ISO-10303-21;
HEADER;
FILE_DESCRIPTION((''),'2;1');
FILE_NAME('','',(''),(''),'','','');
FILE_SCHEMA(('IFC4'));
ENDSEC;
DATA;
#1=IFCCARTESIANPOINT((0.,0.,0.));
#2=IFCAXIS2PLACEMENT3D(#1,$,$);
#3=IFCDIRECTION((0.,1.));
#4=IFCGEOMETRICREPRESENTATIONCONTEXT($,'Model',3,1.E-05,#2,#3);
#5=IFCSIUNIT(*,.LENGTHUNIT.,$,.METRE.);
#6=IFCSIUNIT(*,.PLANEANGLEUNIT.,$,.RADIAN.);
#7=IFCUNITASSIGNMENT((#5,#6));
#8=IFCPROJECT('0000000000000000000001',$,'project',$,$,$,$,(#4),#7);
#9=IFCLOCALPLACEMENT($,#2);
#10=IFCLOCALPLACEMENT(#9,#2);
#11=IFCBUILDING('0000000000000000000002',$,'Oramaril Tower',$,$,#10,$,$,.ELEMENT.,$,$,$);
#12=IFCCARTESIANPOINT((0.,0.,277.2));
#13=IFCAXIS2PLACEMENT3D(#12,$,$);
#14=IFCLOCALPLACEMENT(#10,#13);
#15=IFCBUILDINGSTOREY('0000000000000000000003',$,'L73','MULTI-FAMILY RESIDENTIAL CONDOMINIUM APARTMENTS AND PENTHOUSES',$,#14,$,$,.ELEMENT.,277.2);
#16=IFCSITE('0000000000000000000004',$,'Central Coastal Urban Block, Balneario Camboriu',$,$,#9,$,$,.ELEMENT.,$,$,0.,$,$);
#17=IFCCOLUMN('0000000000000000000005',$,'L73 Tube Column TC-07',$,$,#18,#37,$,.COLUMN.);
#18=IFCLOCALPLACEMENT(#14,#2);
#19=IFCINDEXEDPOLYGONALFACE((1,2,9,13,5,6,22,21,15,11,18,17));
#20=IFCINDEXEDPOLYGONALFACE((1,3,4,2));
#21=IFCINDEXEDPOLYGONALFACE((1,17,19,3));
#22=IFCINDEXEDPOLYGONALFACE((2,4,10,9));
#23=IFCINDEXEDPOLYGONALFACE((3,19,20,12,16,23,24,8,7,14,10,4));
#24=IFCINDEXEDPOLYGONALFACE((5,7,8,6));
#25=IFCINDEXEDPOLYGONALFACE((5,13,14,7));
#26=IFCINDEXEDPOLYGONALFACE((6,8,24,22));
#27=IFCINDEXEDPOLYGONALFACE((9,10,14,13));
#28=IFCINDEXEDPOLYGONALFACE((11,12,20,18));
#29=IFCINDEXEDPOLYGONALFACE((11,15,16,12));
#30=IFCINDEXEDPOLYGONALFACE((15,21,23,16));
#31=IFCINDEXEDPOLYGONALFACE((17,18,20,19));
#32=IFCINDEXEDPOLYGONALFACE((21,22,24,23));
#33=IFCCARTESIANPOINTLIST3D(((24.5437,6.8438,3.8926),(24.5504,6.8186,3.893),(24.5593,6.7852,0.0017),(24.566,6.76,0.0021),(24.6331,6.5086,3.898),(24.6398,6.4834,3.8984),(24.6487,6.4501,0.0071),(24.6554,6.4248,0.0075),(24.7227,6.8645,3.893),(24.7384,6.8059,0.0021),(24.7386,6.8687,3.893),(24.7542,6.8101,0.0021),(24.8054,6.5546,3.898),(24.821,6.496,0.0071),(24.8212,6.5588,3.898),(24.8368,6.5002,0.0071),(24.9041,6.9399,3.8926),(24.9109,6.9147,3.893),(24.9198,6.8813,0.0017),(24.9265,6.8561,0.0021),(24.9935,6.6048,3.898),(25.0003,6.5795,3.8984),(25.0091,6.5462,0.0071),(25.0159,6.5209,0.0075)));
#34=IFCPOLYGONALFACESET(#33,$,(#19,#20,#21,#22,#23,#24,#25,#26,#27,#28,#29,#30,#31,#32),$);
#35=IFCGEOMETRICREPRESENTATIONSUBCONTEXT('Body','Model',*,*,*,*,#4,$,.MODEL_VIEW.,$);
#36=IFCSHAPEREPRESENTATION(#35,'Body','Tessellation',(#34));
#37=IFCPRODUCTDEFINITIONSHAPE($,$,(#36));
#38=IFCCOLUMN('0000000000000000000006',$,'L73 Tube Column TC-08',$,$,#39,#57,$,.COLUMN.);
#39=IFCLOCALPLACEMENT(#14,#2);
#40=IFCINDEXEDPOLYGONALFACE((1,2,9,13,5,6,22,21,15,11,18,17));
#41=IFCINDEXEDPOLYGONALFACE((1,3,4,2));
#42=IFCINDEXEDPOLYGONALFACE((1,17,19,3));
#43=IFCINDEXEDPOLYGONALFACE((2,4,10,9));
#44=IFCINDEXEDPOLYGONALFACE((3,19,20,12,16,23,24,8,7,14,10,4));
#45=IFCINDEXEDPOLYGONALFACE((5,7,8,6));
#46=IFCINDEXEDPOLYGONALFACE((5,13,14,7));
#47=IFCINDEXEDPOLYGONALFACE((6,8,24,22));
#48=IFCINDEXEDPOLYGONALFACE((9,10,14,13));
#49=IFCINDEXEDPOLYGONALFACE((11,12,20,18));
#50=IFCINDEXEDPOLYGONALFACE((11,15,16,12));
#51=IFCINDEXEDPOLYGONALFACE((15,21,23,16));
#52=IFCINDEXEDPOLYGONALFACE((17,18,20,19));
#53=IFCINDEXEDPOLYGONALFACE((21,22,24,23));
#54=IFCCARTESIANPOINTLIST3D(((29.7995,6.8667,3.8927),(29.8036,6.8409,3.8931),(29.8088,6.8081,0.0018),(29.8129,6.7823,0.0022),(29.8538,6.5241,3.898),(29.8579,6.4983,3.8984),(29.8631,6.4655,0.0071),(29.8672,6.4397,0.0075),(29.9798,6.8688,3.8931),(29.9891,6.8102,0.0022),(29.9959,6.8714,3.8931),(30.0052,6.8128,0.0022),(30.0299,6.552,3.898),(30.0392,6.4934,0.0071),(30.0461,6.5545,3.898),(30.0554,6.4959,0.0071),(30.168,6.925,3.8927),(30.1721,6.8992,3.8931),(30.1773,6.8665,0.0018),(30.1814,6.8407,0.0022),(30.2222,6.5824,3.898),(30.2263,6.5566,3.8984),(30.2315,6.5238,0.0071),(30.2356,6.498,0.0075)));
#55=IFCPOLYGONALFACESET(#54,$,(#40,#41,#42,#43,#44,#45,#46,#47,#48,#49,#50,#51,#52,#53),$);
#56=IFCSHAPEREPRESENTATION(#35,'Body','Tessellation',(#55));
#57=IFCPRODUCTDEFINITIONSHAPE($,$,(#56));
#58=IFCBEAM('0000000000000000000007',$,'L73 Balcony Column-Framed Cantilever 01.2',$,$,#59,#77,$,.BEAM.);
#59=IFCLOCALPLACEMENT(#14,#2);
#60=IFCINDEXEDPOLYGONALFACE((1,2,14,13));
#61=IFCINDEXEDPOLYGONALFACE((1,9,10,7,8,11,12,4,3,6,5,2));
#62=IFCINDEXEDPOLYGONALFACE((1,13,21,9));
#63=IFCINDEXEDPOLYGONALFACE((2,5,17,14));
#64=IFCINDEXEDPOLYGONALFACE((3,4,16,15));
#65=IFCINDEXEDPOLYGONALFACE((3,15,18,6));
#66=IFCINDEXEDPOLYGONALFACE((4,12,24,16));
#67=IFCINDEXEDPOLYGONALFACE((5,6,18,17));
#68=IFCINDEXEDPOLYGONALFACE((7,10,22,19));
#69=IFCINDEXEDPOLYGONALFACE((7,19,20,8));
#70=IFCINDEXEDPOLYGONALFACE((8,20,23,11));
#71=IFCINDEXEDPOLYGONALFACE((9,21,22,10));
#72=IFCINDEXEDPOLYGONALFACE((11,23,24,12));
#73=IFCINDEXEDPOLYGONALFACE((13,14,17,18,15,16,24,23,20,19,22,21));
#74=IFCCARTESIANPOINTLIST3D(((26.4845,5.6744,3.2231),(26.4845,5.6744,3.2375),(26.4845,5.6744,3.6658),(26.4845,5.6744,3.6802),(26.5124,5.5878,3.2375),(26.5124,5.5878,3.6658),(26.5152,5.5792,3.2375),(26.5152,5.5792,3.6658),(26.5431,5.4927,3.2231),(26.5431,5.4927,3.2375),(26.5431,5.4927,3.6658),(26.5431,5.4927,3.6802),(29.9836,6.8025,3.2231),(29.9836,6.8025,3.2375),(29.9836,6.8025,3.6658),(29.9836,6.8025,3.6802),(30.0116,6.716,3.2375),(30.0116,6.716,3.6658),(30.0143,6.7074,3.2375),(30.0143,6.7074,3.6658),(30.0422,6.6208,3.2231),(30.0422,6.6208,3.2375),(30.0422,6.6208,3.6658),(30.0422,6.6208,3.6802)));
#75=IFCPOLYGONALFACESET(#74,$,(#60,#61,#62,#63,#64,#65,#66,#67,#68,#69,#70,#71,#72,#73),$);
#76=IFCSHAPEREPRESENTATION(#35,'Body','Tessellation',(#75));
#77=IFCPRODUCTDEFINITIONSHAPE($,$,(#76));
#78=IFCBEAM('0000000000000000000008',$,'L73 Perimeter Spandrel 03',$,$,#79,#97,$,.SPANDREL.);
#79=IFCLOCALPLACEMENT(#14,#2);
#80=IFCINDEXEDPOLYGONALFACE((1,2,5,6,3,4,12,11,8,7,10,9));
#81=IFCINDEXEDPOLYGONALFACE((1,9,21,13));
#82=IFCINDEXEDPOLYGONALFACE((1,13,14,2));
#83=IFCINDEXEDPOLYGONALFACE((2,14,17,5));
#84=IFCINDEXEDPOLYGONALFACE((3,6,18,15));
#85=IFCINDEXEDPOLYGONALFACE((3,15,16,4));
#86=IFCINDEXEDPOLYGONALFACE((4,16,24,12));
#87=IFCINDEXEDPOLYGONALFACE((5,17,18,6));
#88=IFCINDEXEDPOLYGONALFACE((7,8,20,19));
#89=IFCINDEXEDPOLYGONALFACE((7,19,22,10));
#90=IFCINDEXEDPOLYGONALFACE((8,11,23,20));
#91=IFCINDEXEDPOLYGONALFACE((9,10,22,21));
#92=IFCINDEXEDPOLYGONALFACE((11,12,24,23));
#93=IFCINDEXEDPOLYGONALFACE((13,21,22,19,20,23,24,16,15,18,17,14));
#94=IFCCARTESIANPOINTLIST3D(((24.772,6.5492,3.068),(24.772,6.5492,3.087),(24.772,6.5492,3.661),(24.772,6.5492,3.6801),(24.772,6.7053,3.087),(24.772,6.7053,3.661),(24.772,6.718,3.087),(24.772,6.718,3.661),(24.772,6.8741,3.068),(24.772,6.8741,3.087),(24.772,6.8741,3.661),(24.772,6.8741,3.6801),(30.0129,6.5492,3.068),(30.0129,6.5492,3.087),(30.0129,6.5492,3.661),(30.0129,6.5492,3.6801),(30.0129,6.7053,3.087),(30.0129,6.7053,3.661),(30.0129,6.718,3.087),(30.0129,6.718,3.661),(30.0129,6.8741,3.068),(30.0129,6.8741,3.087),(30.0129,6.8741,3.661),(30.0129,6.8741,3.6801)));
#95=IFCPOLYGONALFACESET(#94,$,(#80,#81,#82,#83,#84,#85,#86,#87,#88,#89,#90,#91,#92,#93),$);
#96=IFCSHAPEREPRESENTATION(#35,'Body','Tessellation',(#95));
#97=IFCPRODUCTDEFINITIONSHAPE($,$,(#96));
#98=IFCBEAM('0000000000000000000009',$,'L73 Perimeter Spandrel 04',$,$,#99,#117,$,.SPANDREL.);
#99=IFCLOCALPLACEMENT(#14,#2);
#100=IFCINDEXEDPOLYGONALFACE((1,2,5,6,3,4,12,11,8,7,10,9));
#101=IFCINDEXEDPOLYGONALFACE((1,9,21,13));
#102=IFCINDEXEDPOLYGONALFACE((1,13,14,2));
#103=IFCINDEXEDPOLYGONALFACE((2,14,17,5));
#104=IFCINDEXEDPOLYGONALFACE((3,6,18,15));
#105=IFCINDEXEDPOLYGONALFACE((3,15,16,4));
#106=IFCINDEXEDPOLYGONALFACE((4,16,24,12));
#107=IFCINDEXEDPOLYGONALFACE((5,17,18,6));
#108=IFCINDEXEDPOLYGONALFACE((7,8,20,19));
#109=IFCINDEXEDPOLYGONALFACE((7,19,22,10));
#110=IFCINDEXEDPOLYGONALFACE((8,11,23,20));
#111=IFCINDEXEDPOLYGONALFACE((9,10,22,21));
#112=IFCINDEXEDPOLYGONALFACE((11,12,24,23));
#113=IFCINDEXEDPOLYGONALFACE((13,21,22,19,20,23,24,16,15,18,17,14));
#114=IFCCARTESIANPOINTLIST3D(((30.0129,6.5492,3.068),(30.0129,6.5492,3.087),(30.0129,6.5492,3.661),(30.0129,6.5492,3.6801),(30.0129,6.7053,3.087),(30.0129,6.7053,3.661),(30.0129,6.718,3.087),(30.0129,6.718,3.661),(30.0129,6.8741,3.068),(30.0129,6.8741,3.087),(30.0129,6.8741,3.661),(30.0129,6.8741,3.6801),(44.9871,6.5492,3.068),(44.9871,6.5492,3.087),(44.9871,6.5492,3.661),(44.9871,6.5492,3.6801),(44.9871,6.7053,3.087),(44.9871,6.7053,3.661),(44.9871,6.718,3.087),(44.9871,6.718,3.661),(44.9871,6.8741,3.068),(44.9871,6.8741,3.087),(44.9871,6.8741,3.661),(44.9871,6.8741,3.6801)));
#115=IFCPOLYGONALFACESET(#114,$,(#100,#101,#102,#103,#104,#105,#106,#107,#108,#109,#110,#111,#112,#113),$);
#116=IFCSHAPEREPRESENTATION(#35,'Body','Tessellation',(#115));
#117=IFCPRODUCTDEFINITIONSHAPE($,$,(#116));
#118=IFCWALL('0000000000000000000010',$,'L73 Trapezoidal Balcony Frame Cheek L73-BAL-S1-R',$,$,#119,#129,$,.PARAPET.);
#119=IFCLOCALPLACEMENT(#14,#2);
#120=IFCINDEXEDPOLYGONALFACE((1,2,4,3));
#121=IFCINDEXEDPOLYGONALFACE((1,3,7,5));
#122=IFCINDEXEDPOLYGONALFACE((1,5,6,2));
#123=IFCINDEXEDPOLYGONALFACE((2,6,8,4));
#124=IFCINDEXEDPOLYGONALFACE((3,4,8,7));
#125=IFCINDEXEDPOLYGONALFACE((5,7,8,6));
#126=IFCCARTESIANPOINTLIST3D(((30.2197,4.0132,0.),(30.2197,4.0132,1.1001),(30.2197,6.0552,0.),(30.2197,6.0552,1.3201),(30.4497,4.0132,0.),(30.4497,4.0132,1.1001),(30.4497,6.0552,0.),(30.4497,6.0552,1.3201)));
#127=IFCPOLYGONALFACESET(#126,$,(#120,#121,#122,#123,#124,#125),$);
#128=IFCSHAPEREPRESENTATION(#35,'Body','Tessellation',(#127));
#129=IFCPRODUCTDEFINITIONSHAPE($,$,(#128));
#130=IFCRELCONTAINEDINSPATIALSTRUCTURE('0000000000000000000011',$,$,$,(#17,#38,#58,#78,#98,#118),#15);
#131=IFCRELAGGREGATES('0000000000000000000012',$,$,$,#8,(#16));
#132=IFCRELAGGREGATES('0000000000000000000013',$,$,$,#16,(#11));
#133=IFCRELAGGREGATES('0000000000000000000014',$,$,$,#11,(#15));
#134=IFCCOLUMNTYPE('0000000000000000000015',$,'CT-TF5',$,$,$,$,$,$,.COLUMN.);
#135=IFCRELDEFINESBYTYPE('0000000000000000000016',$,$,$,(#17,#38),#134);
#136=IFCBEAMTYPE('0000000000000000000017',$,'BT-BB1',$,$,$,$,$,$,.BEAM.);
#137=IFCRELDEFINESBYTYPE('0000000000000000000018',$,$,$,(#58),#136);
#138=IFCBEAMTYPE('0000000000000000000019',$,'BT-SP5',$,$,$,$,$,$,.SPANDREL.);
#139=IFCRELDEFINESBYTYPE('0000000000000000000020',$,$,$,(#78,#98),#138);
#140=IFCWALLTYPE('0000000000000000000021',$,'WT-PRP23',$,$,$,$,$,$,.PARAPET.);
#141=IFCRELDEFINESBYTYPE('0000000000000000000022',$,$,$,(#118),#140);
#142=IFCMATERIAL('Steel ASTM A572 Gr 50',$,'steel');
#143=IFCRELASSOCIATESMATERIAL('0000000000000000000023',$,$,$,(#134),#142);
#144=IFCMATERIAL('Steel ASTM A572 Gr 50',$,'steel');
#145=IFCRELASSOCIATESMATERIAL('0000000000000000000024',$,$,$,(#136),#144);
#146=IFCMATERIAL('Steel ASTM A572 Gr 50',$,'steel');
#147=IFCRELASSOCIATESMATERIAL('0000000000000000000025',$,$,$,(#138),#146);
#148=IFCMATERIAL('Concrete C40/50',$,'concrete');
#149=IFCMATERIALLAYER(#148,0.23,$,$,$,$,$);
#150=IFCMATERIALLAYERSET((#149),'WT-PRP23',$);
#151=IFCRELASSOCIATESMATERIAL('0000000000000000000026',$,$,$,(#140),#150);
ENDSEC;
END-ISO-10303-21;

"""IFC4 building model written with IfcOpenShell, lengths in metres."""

from ifc_helpers import new_model, si_unit, direction, frame, origin, origin_2d, place, context, subcontext, project, spatial, polyline, i_section, outline, extrude, material, layer, layer_set, material_profile, profile_set, type_object, element, save


model = new_model("IFC4")

# Units and contexts
model_context = context("Model", 3, precision=1e-05, world=origin(), true_north=direction((0.0, 1.0)))
body_context = subcontext(model_context, "Body", "Model", "MODEL_VIEW")
ifc_project = project(units=[si_unit("LENGTHUNIT", "METRE"), si_unit("PLANEANGLEUNIT", "RADIAN")], contexts=[model_context])

# Site, building, storey
site_placement = place(None, origin())
site = spatial("IfcSite", under=ifc_project, at=site_placement, Name="Central Coastal Urban Block, Balneario Camboriu", CompositionType="ELEMENT", RefElevation=0.0)
building_placement = place(site_placement, origin())
building = spatial("IfcBuilding", under=site, at=building_placement, Name="Oramaril Tower", CompositionType="ELEMENT")
storey_placement = place(building_placement, frame((0.0, 0.0, 277.2)))
storey = spatial("IfcBuildingStorey", under=building, at=storey_placement, Name="L73", Description="MULTI-FAMILY RESIDENTIAL CONDOMINIUM APARTMENTS AND PENTHOUSES", CompositionType="ELEMENT", Elevation=277.2)

# Columns
ifc_material_1 = material(Name="Steel ASTM A572 Gr 50", Category="steel")
ifc_material_profile_1 = material_profile(ifc_material_1, i_section(OverallWidth=0.373, OverallDepth=0.373, WebThickness=0.0164, FlangeThickness=0.0261, at=origin_2d()), Name="W14X132")
ifc_profile_set_1 = profile_set([ifc_material_profile_1], Name="Steel ASTM A572 Gr 50")
column_type = type_object("IfcColumnType", Name="CT-TF5", PredefinedType="COLUMN", material=ifc_profile_set_1)
for number, where, z_axis, x_axis, name in (
    (1, (24.7876, 6.6531, 0.0046), (-0.004015, 0.015057, 0.999879), (-0.966235, -0.257663, 0.0), "L73 Tube Column TC-07"),
    (2, (30.0222, 6.6531, 0.0046), (-0.002384, 0.015058, 0.999884), (-0.987696, -0.156385, 0.0), "L73 Tube Column TC-08"),
):
    element("IfcColumn", number, at=place(storey_placement, frame(where, z_axis=z_axis, x_axis=x_axis)), inside=storey, type_object=column_type, Name=name, PredefinedType="COLUMN", context=body_context, shape_type="SweptSolid", body=[
        extrude(i_section(OverallWidth=0.373, OverallDepth=0.373, WebThickness=0.0164, FlangeThickness=0.0261, at=origin_2d()), origin(), (0.0, 0.0, 1.0), 3.8914),
    ])

# Beams
ifc_material_2 = material(Name="Steel ASTM A572 Gr 50", Category="steel")
ifc_material_profile_2 = material_profile(ifc_material_2, i_section(OverallWidth=0.1909, OverallDepth=0.457, WebThickness=0.009, FlangeThickness=0.0144, at=origin_2d()), Name="W18X50")
ifc_profile_set_2 = profile_set([ifc_material_profile_2], Name="Steel ASTM A572 Gr 50")
beam_type_1 = type_object("IfcBeamType", Name="BT-BB1", PredefinedType="BEAM", material=ifc_profile_set_2)
beam_1_placement = place(storey_placement, frame((30.0129, 6.7117, 3.4517), z_axis=(-0.951758, -0.30685, 0.0), x_axis=(0.30685, -0.951758, 0.0)))
element("IfcBeam", 3, at=beam_1_placement, inside=storey, type_object=beam_type_1, Name="L73 Balcony Column-Framed Cantilever 01.2", PredefinedType="BEAM", context=body_context, shape_type="SweptSolid", body=[
    extrude(i_section(OverallWidth=0.1909, OverallDepth=0.457, WebThickness=0.009, FlangeThickness=0.0144, at=origin_2d()), origin(), (0.0, 0.0, 1.0), 3.6765),
])
ifc_material_3 = material(Name="Steel ASTM A572 Gr 50", Category="steel")
ifc_material_profile_3 = material_profile(ifc_material_3, i_section(OverallWidth=0.325, OverallDepth=0.6121, WebThickness=0.0127, FlangeThickness=0.019, at=origin_2d()), Name="W24X104")
ifc_profile_set_3 = profile_set([ifc_material_profile_3], Name="Steel ASTM A572 Gr 50")
beam_type_2 = type_object("IfcBeamType", Name="BT-SP5", PredefinedType="SPANDREL", material=ifc_profile_set_3)
beam_2_placement = place(storey_placement, frame((24.772, 6.7117, 3.374), z_axis=(1.0, 0.0, 0.0), x_axis=(0.0, 1.0, 0.0)))
element("IfcBeam", 4, at=beam_2_placement, inside=storey, type_object=beam_type_2, Name="L73 Perimeter Spandrel 03", PredefinedType="SPANDREL", context=body_context, shape_type="SweptSolid", body=[
    extrude(i_section(OverallWidth=0.325, OverallDepth=0.6121, WebThickness=0.0127, FlangeThickness=0.019, at=origin_2d()), origin(), (0.0, 0.0, 1.0), 5.241),
])
beam_3_placement = place(storey_placement, frame((30.0129, 6.7117, 3.374), z_axis=(1.0, 0.0, 0.0), x_axis=(0.0, 1.0, 0.0)))
element("IfcBeam", 5, at=beam_3_placement, inside=storey, type_object=beam_type_2, Name="L73 Perimeter Spandrel 04", PredefinedType="SPANDREL", context=body_context, shape_type="SweptSolid", body=[
    extrude(i_section(OverallWidth=0.325, OverallDepth=0.6121, WebThickness=0.0127, FlangeThickness=0.019, at=origin_2d()), origin(), (0.0, 0.0, 1.0), 14.9741),
])

# Wall
ifc_material_4 = material(Name="Concrete C40/50", Category="concrete")
ifc_layer_1 = layer(ifc_material_4, 0.23)
ifc_layer_set_1 = layer_set([ifc_layer_1], Name="WT-PRP23")
wall_type_1 = type_object("IfcWallType", Name="WT-PRP23", PredefinedType="PARAPET", material=ifc_layer_set_1)
wall_1_placement = place(storey_placement, frame((30.3347, 6.0552, 0.0), z_axis=(0.0, 0.0, 1.0), x_axis=(0.0, -1.0, 0.0)))
element("IfcWall", 6, at=wall_1_placement, inside=storey, type_object=wall_type_1, Name="L73 Trapezoidal Balcony Frame Cheek L73-BAL-S1-R", PredefinedType="PARAPET", context=body_context, shape_type="SweptSolid", body=[
    extrude(outline(polyline([(0.0, 0.0), (2.042, 0.0), (2.042, 1.1001), (0.0, 1.3201), (0.0, 0.0)])), frame((0.0, 0.115, 0.0), z_axis=(0.0, -1.0, 0.0), x_axis=(1.0, 0.0, 0.0)), (0.0, 0.0, 1.0), 0.23),
])

save(model, "model.ifc")
